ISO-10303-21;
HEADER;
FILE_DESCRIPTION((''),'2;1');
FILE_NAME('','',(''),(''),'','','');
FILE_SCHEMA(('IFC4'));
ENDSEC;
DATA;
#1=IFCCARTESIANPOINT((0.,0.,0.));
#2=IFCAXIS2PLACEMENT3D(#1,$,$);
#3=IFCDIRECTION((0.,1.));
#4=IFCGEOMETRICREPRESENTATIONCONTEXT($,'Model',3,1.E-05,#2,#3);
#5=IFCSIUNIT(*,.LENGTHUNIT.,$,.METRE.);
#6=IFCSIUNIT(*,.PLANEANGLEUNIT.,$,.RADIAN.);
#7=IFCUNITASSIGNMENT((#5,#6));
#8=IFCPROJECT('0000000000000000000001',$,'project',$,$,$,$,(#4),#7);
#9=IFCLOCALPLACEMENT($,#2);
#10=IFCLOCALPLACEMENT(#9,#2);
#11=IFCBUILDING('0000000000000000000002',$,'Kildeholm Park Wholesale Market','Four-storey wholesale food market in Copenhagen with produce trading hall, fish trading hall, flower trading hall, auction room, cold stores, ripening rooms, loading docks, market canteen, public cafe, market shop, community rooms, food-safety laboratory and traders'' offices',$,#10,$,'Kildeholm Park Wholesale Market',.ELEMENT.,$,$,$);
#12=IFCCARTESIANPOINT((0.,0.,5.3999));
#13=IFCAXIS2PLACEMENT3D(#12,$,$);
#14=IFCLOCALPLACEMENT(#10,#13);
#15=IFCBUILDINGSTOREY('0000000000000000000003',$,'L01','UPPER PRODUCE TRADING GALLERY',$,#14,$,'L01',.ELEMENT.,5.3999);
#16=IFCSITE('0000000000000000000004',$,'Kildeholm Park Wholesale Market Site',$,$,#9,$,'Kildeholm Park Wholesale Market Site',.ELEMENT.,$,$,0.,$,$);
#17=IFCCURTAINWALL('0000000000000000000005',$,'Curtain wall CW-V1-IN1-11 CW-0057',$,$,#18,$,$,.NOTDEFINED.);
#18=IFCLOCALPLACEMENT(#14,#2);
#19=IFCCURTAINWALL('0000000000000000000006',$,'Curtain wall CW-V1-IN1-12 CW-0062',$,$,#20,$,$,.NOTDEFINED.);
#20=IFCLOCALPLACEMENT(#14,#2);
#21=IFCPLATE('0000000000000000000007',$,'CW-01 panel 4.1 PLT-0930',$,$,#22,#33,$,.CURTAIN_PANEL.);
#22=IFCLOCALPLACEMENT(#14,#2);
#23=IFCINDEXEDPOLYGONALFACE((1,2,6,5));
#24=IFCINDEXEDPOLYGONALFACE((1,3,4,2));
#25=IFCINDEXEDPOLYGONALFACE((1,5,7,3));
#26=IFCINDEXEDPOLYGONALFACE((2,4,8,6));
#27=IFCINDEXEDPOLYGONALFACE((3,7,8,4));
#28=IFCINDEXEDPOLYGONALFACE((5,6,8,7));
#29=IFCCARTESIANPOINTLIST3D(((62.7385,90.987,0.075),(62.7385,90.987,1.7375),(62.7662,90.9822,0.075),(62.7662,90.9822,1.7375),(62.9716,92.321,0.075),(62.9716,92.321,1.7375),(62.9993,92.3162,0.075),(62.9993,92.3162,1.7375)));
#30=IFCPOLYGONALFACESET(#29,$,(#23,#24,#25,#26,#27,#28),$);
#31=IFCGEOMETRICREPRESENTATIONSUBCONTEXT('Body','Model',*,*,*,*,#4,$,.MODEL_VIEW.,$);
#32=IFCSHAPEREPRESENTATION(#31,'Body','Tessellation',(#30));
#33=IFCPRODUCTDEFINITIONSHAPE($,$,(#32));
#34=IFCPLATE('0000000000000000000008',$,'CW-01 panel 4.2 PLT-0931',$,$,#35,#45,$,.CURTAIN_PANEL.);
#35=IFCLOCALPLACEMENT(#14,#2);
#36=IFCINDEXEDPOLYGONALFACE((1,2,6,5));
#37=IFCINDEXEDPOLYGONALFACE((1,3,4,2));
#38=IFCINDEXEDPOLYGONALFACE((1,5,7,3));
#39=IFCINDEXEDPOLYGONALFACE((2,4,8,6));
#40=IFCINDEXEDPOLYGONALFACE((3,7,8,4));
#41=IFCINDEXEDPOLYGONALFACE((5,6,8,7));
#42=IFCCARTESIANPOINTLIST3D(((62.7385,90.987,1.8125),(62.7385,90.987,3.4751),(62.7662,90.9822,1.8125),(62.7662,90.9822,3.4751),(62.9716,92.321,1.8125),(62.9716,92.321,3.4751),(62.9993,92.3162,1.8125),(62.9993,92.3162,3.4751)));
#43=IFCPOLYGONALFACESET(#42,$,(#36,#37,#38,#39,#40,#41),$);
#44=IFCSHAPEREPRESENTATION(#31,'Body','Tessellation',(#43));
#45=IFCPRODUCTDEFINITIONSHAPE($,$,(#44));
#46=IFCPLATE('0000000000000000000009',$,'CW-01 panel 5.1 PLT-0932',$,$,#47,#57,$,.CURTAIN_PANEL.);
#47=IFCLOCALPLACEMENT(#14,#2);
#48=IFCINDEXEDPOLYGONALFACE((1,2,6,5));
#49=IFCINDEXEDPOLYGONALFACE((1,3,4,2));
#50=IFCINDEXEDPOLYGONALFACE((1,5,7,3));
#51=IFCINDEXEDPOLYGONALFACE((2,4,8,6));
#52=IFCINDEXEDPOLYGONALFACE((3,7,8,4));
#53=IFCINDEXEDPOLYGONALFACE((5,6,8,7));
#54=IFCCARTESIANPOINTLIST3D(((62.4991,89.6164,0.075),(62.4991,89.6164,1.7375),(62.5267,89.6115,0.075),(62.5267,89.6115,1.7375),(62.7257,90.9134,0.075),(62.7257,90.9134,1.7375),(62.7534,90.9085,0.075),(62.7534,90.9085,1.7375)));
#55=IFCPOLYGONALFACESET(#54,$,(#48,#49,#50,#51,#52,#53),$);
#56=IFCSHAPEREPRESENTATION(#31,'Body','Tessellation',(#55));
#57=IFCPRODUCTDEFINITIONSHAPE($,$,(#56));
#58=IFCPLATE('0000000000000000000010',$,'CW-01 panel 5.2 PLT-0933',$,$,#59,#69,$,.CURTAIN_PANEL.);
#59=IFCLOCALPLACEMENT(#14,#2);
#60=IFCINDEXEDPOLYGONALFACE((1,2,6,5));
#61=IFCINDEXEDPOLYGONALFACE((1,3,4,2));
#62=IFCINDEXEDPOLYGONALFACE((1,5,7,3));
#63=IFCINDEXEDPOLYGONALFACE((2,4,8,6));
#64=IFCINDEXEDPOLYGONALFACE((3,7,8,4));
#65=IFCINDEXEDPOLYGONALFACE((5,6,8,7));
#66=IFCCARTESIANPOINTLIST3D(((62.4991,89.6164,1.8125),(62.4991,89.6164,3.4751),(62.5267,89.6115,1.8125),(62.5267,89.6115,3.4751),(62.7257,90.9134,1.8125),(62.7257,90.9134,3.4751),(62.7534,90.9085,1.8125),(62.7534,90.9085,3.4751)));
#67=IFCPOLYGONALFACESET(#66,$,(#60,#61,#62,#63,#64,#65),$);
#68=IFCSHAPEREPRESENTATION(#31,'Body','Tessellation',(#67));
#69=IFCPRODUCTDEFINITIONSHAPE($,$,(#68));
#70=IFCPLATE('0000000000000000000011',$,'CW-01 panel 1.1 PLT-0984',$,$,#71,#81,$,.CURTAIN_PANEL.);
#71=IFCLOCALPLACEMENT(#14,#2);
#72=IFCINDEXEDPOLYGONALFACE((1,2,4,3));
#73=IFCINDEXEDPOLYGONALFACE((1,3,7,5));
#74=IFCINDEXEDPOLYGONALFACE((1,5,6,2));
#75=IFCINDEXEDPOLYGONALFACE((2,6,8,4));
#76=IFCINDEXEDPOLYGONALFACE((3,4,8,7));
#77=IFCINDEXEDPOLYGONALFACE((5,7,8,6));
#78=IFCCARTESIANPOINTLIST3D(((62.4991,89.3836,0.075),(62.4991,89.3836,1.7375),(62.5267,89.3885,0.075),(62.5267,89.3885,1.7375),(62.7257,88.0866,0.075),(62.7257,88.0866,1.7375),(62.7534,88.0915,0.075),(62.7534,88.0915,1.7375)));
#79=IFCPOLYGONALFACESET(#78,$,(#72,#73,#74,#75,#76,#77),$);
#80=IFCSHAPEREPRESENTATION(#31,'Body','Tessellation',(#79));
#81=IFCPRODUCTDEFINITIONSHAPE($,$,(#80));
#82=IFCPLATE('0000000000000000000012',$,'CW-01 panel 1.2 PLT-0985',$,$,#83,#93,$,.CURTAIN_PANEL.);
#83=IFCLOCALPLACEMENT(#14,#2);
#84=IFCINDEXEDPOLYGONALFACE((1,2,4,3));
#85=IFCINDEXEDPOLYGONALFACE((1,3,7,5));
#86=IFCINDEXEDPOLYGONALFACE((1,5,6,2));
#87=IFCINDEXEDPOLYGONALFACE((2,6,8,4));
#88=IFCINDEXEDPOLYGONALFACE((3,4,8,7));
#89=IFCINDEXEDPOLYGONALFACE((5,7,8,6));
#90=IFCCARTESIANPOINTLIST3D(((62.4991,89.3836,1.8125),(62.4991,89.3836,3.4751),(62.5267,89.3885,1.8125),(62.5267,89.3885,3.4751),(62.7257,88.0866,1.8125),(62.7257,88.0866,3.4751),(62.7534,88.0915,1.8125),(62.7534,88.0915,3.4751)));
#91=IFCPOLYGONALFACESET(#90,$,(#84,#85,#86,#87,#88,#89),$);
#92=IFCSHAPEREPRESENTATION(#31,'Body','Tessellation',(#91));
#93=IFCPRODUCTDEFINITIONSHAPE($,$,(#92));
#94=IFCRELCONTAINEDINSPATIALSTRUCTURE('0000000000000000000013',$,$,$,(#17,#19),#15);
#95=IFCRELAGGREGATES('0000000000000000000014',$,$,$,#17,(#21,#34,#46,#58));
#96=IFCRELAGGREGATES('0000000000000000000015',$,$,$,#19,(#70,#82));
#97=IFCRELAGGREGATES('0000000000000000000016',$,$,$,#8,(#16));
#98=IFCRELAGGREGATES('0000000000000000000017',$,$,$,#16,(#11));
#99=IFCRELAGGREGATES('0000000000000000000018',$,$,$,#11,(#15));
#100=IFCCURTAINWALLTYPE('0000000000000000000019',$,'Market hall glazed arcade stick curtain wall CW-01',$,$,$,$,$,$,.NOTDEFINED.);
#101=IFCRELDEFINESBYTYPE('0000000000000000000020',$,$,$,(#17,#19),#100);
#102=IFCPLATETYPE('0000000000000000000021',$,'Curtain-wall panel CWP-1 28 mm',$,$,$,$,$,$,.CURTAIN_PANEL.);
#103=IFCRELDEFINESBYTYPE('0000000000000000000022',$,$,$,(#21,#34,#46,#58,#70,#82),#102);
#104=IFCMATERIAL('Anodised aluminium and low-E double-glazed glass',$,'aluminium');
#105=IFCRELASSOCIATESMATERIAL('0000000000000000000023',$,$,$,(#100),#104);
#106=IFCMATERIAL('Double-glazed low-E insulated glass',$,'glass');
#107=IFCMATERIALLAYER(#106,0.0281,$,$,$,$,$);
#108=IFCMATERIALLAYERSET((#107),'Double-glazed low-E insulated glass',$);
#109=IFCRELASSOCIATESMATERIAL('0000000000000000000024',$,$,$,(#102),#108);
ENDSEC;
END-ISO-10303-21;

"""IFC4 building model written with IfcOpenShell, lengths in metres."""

from ifc_helpers import new_model, si_unit, direction, frame, origin, origin_2d, place, context, subcontext, project, spatial, rectangle, extrude, material, layer, layer_set, type_object, element, aggregate, save


model = new_model("IFC4")

# Units and contexts
model_context = context("Model", 3, precision=1e-05, world=origin(), true_north=direction((0.0, 1.0)))
body_context = subcontext(model_context, "Body", "Model", "MODEL_VIEW")
ifc_project = project(units=[si_unit("LENGTHUNIT", "METRE"), si_unit("PLANEANGLEUNIT", "RADIAN")], contexts=[model_context])

# Site, building, storey
site_placement = place(None, origin())
site = spatial("IfcSite", under=ifc_project, at=site_placement, Name="Kildeholm Park Wholesale Market Site", LongName="Kildeholm Park Wholesale Market Site", CompositionType="ELEMENT", RefElevation=0.0)
building_placement = place(site_placement, origin())
building = spatial("IfcBuilding", under=site, at=building_placement, Name="Kildeholm Park Wholesale Market", Description="Four-storey wholesale food market in Copenhagen with produce trading hall, fish trading hall, flower trading hall, auction room, cold stores, ripening rooms, loading docks, market canteen, public cafe, market shop, community rooms, food-safety laboratory and traders' offices", LongName="Kildeholm Park Wholesale Market", CompositionType="ELEMENT")
storey_placement = place(building_placement, frame((0.0, 0.0, 5.3999)))
storey = spatial("IfcBuildingStorey", under=building, at=storey_placement, Name="L01", Description="UPPER PRODUCE TRADING GALLERY", LongName="L01", CompositionType="ELEMENT", Elevation=5.3999)

# Curtain walls
ifc_material_1 = material(Name="Anodised aluminium and low-E double-glazed glass", Category="aluminium")
curtain_wall_type = type_object("IfcCurtainWallType", Name="Market hall glazed arcade stick curtain wall CW-01", PredefinedType="NOTDEFINED", material=ifc_material_1)
curtain_wall_1_placement = place(storey_placement, origin())
curtain_wall_1 = element("IfcCurtainWall", 1, at=curtain_wall_1_placement, inside=storey, type_object=curtain_wall_type, Name="Curtain wall CW-V1-IN1-11 CW-0057", PredefinedType="NOTDEFINED")
curtain_wall_2_placement = place(storey_placement, origin())
curtain_wall_2 = element("IfcCurtainWall", 2, at=curtain_wall_2_placement, inside=storey, type_object=curtain_wall_type, Name="Curtain wall CW-V1-IN1-12 CW-0062", PredefinedType="NOTDEFINED")

# Plates
ifc_material_2 = material(Name="Double-glazed low-E insulated glass", Category="glass")
ifc_layer = layer(ifc_material_2, 0.0281)
ifc_layer_set = layer_set([ifc_layer], Name="Double-glazed low-E insulated glass")
plate_type = type_object("IfcPlateType", Name="Curtain-wall panel CWP-1 28 mm", PredefinedType="CURTAIN_PANEL", material=ifc_layer_set)
plate_1_placement = place(storey_placement, frame((62.8689, 91.6516, 0.075), z_axis=(0.0, 0.0, 1.0), x_axis=(-0.172133, -0.985074, 0.0)))
plate_1 = element("IfcPlate", 3, at=plate_1_placement, type_object=plate_type, Name="CW-01 panel 4.1 PLT-0930", PredefinedType="CURTAIN_PANEL", context=body_context, shape_type="SweptSolid", body=[
    extrude(rectangle(XDim=1.3542, YDim=0.0281, at=origin_2d()), origin(), (0.0, 0.0, 1.0), 1.6626),
])
plate_2_placement = place(storey_placement, frame((62.8689, 91.6516, 1.8125), z_axis=(0.0, 0.0, 1.0), x_axis=(-0.172133, -0.985074, 0.0)))
plate_2 = element("IfcPlate", 4, at=plate_2_placement, type_object=plate_type, Name="CW-01 panel 4.2 PLT-0931", PredefinedType="CURTAIN_PANEL", context=body_context, shape_type="SweptSolid", body=[
    extrude(rectangle(XDim=1.3542, YDim=0.0281, at=origin_2d()), origin(), (0.0, 0.0, 1.0), 1.6626),
])
plate_3_placement = place(storey_placement, frame((62.6262, 90.2625, 0.075), z_axis=(0.0, 0.0, 1.0), x_axis=(-0.172133, -0.985074, 0.0)))
plate_3 = element("IfcPlate", 5, at=plate_3_placement, type_object=plate_type, Name="CW-01 panel 5.1 PLT-0932", PredefinedType="CURTAIN_PANEL", context=body_context, shape_type="SweptSolid", body=[
    extrude(rectangle(XDim=1.3167, YDim=0.0281, at=origin_2d()), origin(), (0.0, 0.0, 1.0), 1.6626),
])
plate_4_placement = place(storey_placement, frame((62.6262, 90.2625, 1.8125), z_axis=(0.0, 0.0, 1.0), x_axis=(-0.172133, -0.985074, 0.0)))
plate_4 = element("IfcPlate", 6, at=plate_4_placement, type_object=plate_type, Name="CW-01 panel 5.2 PLT-0933", PredefinedType="CURTAIN_PANEL", context=body_context, shape_type="SweptSolid", body=[
    extrude(rectangle(XDim=1.3167, YDim=0.0281, at=origin_2d()), origin(), (0.0, 0.0, 1.0), 1.6626),
])
aggregate(curtain_wall_1, [plate_1, plate_2, plate_3, plate_4])
plate_5_placement = place(storey_placement, frame((62.6262, 88.7375, 0.075), z_axis=(0.0, 0.0, 1.0), x_axis=(0.172133, -0.985074, 0.0)))
plate_5 = element("IfcPlate", 7, at=plate_5_placement, type_object=plate_type, Name="CW-01 panel 1.1 PLT-0984", PredefinedType="CURTAIN_PANEL", context=body_context, shape_type="SweptSolid", body=[
    extrude(rectangle(XDim=1.3167, YDim=0.0281, at=origin_2d()), origin(), (0.0, 0.0, 1.0), 1.6626),
])
plate_6_placement = place(storey_placement, frame((62.6262, 88.7375, 1.8125), z_axis=(0.0, 0.0, 1.0), x_axis=(0.172133, -0.985074, 0.0)))
plate_6 = element("IfcPlate", 8, at=plate_6_placement, type_object=plate_type, Name="CW-01 panel 1.2 PLT-0985", PredefinedType="CURTAIN_PANEL", context=body_context, shape_type="SweptSolid", body=[
    extrude(rectangle(XDim=1.3167, YDim=0.0281, at=origin_2d()), origin(), (0.0, 0.0, 1.0), 1.6626),
])
aggregate(curtain_wall_2, [plate_5, plate_6])

save(model, "model.ifc")
